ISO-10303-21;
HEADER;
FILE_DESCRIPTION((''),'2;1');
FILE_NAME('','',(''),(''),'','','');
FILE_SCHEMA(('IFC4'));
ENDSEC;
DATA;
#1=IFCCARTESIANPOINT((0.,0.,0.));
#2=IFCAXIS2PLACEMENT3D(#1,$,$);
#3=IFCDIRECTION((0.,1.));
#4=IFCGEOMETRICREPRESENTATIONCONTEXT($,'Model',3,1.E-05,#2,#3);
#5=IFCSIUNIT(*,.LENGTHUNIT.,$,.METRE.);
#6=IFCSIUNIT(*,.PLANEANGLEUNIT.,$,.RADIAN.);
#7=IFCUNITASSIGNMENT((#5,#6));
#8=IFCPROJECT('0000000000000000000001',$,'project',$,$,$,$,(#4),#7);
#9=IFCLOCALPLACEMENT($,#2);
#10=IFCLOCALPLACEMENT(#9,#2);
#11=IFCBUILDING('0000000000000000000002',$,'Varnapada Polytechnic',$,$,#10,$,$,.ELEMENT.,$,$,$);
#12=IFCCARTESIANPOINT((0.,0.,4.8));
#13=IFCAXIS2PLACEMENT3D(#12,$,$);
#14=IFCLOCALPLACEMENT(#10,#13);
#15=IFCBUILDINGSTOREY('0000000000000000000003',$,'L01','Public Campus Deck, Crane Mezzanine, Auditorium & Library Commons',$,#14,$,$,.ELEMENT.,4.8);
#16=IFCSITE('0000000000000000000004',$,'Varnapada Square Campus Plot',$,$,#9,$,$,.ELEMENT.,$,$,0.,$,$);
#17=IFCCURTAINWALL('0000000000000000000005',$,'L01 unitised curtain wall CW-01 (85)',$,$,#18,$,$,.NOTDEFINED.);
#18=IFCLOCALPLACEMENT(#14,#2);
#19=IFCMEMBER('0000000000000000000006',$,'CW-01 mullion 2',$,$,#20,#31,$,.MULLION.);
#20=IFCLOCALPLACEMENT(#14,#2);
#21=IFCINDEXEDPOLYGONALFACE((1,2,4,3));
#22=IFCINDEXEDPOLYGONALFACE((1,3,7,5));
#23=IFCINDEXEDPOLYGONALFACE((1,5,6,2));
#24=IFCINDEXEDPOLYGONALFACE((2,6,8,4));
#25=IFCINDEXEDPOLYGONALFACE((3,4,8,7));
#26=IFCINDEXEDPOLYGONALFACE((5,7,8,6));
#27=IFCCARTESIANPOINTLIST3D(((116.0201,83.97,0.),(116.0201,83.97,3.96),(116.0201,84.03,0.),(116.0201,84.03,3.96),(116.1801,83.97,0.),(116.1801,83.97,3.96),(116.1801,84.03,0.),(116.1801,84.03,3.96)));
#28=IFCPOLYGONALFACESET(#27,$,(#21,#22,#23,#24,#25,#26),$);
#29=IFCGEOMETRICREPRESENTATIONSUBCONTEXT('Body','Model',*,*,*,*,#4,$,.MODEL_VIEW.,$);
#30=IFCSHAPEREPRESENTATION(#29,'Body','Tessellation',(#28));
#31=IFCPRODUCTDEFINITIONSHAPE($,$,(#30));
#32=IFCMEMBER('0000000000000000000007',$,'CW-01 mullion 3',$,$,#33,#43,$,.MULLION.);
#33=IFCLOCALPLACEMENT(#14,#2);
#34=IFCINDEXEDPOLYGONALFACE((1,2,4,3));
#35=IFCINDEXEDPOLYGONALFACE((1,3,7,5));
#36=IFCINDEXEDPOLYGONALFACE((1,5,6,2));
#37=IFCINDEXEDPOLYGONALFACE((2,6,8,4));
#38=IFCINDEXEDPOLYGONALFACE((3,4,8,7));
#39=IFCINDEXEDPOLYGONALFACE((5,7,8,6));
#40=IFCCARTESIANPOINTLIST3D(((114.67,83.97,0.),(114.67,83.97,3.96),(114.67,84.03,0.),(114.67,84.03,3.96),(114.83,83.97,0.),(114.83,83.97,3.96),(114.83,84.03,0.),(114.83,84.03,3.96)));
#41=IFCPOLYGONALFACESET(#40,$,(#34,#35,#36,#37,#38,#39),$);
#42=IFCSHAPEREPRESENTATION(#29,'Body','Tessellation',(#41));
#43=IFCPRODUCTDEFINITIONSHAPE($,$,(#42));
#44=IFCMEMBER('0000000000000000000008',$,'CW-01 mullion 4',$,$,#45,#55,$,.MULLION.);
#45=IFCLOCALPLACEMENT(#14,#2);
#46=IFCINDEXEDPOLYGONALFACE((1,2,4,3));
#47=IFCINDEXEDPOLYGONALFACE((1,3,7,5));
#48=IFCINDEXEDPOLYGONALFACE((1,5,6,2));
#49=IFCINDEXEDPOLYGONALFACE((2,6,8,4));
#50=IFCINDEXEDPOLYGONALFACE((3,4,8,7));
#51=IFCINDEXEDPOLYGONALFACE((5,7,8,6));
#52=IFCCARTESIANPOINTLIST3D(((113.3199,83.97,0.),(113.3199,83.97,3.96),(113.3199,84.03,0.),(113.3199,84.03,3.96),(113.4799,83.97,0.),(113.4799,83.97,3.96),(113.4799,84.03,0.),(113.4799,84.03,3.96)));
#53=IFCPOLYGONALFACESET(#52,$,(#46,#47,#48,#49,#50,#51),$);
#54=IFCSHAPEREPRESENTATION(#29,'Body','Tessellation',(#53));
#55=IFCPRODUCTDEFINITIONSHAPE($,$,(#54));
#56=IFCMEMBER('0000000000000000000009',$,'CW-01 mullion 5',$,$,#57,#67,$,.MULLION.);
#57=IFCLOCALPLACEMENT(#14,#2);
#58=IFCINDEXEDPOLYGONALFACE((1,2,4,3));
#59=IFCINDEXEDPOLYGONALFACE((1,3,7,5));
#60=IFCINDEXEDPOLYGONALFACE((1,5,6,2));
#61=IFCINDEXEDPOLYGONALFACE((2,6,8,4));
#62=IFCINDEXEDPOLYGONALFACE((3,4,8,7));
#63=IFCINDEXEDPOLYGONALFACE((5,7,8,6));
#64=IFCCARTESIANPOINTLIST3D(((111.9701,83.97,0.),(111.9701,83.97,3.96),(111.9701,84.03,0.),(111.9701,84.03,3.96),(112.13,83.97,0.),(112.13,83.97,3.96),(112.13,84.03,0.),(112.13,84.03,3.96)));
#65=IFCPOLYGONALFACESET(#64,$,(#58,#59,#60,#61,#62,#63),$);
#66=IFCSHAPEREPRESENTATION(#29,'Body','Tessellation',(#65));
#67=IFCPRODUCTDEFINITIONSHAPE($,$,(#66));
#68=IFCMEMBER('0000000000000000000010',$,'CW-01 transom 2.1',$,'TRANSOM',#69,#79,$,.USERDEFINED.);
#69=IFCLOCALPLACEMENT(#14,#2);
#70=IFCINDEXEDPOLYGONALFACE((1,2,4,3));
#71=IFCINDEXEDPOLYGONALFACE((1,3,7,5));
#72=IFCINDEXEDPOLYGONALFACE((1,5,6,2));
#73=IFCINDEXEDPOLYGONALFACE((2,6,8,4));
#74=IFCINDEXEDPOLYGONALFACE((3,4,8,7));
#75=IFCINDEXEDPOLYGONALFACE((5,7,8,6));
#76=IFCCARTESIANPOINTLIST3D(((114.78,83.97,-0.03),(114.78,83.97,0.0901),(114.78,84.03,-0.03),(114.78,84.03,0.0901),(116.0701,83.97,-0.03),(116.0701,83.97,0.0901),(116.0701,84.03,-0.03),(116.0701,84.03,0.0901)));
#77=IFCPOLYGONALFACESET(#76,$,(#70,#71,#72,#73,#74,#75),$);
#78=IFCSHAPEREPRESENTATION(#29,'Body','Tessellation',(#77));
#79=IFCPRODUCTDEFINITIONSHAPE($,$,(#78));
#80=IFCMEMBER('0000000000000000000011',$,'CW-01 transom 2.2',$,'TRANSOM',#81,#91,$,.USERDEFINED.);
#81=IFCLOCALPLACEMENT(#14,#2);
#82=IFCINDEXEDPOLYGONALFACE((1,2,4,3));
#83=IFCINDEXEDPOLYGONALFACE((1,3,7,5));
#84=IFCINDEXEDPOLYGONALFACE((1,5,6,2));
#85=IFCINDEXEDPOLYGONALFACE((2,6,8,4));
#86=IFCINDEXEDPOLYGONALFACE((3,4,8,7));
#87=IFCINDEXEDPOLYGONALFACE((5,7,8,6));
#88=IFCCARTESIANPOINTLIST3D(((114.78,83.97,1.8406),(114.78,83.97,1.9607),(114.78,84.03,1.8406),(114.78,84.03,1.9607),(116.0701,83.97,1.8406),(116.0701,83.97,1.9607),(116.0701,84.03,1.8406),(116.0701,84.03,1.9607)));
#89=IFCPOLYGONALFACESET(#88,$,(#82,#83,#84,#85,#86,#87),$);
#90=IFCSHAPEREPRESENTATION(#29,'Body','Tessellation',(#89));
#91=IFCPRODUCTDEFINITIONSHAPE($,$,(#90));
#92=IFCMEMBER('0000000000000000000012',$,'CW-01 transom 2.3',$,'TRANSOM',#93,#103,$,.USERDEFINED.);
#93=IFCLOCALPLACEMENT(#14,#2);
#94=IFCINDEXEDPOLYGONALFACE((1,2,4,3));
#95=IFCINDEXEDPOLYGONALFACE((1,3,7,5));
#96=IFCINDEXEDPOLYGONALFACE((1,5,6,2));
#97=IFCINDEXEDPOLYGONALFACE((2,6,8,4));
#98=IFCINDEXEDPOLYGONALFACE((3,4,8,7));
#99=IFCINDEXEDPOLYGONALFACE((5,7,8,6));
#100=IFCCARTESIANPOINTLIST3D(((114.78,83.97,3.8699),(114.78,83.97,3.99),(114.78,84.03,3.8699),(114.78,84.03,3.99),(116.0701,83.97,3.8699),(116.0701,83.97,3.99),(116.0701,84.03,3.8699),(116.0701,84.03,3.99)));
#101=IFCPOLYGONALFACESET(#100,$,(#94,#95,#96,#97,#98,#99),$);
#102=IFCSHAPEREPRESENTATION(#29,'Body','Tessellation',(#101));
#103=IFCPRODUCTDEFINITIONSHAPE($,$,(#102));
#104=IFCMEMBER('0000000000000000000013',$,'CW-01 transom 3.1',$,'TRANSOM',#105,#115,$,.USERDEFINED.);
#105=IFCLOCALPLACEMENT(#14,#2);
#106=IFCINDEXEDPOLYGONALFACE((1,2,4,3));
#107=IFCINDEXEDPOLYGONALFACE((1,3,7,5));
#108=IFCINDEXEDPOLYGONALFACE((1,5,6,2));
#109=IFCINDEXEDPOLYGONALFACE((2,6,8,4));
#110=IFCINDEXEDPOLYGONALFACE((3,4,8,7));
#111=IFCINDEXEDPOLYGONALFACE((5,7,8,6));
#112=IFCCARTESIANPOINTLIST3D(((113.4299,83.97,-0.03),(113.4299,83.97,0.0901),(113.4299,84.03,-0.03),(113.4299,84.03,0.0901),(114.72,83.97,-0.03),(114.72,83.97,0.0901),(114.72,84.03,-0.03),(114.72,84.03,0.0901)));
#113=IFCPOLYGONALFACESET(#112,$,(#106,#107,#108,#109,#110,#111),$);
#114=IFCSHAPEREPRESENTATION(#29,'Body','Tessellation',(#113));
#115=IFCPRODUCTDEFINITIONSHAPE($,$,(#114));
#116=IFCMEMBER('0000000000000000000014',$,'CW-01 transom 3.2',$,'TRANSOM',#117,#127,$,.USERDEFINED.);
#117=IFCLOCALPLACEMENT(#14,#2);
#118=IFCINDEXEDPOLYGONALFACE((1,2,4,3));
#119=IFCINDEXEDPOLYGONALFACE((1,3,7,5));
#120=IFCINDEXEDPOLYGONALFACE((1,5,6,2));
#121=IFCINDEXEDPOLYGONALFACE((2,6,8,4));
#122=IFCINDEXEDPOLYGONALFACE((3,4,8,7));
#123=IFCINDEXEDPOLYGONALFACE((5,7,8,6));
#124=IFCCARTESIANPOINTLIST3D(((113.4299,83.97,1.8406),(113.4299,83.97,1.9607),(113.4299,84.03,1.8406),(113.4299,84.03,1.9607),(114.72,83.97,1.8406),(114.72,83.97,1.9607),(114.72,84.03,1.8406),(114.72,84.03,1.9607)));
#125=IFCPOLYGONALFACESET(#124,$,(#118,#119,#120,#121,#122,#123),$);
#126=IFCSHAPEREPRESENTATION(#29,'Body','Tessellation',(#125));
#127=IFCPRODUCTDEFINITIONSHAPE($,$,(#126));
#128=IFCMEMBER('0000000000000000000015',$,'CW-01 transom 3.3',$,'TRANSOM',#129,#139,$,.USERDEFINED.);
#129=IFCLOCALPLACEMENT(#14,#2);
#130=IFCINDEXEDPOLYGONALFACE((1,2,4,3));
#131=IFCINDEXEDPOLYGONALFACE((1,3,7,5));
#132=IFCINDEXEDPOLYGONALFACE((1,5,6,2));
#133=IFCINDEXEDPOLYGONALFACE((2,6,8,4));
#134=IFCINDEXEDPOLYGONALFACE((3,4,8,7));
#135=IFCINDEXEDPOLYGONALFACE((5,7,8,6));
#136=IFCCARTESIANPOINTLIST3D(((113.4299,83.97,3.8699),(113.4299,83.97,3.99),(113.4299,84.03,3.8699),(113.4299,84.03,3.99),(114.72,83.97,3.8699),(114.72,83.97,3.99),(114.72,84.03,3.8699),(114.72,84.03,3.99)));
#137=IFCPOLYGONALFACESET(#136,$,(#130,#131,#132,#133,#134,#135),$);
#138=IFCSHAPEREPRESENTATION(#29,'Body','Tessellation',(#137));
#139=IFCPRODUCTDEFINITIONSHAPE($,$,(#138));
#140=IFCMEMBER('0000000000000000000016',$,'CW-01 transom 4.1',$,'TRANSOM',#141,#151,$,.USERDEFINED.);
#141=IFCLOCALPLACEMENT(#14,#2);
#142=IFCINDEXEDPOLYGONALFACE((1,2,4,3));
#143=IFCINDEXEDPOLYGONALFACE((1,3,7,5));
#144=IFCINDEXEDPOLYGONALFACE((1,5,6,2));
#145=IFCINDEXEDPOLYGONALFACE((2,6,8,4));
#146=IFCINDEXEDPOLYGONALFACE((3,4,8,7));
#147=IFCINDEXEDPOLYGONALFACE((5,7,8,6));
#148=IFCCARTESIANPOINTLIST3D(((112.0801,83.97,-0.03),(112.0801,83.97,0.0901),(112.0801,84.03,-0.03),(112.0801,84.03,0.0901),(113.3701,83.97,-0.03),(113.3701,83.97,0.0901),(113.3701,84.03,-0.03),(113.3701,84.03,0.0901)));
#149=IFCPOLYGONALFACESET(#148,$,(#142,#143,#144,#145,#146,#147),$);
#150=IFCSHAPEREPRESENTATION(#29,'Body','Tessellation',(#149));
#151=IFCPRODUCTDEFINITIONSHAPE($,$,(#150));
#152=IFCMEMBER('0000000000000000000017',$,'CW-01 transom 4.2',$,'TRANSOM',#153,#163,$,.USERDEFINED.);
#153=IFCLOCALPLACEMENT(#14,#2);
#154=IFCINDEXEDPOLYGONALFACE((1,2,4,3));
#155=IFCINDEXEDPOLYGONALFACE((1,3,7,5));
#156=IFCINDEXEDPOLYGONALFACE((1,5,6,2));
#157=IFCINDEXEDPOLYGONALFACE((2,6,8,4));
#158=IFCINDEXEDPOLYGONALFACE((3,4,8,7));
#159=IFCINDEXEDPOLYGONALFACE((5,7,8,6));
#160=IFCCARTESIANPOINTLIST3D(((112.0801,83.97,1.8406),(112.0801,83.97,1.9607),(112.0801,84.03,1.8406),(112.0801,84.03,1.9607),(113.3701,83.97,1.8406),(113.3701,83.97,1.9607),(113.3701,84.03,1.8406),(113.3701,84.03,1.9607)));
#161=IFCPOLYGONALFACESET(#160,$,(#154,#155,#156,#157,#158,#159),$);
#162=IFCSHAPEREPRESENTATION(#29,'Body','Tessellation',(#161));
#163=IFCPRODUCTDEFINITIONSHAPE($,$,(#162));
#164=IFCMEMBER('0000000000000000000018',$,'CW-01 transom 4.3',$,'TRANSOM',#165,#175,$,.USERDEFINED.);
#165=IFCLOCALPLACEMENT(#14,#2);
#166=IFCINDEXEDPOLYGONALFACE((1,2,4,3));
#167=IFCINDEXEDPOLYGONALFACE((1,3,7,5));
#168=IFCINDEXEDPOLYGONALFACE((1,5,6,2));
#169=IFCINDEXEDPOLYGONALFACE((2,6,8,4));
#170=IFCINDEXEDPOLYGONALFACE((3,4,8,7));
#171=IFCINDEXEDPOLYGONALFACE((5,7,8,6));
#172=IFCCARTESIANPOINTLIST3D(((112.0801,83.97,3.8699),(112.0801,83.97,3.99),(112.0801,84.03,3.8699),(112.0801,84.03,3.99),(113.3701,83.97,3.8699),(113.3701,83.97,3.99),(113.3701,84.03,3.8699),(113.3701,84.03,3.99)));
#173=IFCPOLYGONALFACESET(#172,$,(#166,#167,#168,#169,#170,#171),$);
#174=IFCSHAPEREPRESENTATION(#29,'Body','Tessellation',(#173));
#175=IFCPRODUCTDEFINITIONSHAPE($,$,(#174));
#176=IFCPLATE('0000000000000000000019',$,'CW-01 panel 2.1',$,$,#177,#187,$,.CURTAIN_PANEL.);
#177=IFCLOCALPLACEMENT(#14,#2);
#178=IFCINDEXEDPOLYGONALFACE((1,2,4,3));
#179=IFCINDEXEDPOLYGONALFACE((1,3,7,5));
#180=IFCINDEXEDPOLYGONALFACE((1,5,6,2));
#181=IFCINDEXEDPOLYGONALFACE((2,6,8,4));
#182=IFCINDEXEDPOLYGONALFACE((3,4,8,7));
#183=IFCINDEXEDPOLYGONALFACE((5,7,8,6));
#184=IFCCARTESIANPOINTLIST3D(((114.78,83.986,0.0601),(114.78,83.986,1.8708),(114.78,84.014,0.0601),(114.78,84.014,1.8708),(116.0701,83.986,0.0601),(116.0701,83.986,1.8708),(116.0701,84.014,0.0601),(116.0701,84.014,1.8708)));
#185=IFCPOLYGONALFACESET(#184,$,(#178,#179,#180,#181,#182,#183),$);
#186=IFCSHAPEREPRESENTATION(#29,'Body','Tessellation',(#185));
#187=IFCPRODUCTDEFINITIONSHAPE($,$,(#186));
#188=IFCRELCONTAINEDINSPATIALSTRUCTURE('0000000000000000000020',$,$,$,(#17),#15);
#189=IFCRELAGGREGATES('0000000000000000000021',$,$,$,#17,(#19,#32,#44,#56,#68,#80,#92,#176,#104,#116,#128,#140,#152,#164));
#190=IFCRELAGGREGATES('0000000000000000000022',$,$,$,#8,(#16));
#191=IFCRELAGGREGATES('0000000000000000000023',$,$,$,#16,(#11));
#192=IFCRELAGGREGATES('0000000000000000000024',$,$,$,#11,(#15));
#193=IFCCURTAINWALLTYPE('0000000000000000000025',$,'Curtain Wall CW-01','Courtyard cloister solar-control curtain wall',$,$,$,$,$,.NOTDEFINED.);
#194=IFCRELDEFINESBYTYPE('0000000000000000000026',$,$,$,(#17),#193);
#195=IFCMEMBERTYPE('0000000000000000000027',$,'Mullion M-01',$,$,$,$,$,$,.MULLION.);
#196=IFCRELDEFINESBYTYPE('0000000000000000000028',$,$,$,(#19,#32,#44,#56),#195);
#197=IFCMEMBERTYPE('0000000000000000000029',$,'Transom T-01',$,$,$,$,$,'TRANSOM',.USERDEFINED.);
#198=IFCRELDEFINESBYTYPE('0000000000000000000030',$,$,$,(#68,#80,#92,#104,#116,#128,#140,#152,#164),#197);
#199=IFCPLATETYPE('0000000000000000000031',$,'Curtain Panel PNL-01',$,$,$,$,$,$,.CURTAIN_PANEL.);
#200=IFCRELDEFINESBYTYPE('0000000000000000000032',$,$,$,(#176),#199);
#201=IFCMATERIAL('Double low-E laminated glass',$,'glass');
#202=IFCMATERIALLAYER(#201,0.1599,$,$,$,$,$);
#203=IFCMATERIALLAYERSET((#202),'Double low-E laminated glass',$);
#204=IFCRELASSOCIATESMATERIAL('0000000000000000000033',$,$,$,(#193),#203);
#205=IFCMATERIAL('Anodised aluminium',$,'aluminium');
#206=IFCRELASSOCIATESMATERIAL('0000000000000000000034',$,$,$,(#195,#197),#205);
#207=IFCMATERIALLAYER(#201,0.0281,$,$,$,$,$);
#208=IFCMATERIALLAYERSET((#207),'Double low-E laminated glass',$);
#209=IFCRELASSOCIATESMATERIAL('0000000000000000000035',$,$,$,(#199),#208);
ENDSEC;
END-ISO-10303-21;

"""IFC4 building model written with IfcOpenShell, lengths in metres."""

from ifc_helpers import new_model, si_unit, direction, frame, origin, origin_2d, place, context, subcontext, project, spatial, rectangle, extrude, material, layer, layer_set, material_profile, profile_set, type_object, element, aggregate, save


model = new_model("IFC4")

# Units and contexts
model_context = context("Model", 3, precision=1e-05, world=origin(), true_north=direction((0.0, 1.0)))
body_context = subcontext(model_context, "Body", "Model", "MODEL_VIEW")
ifc_project = project(units=[si_unit("LENGTHUNIT", "METRE"), si_unit("PLANEANGLEUNIT", "RADIAN")], contexts=[model_context])

# Site, building, storey
site_placement = place(None, origin())
site = spatial("IfcSite", under=ifc_project, at=site_placement, Name="Varnapada Square Campus Plot", CompositionType="ELEMENT", RefElevation=0.0)
building_placement = place(site_placement, origin())
building = spatial("IfcBuilding", under=site, at=building_placement, Name="Varnapada Polytechnic", CompositionType="ELEMENT")
storey_placement = place(building_placement, frame((0.0, 0.0, 4.8)))
storey = spatial("IfcBuildingStorey", under=building, at=storey_placement, Name="L01", Description="Public Campus Deck, Crane Mezzanine, Auditorium & Library Commons", CompositionType="ELEMENT", Elevation=4.8)

# Curtain wall, members, plate
ifc_material_1 = material(Name="Double low-E laminated glass", Category="glass")
ifc_layer_1 = layer(ifc_material_1, 0.1599)
ifc_layer_set_1 = layer_set([ifc_layer_1], Name="Double low-E laminated glass")
curtain_wall_type = type_object("IfcCurtainWallType", Name="Curtain Wall CW-01", Description="Courtyard cloister solar-control curtain wall", PredefinedType="NOTDEFINED", material=ifc_layer_set_1)
curtain_wall_placement = place(storey_placement, origin())
curtain_wall = element("IfcCurtainWall", 1, at=curtain_wall_placement, inside=storey, type_object=curtain_wall_type, Name="L01 unitised curtain wall CW-01 (85)", PredefinedType="NOTDEFINED")
ifc_material_2 = material(Name="Anodised aluminium", Category="aluminium")
ifc_material_profile_1 = material_profile(ifc_material_2, rectangle(XDim=0.0601, YDim=0.1599, at=origin_2d()), Name="ALU M60x160")
ifc_profile_set_1 = profile_set([ifc_material_profile_1], Name="Anodised aluminium")
member_type_1 = type_object("IfcMemberType", Name="Mullion M-01", PredefinedType="MULLION", material=ifc_profile_set_1)
member_1_placement = place(storey_placement, frame((116.1001, 84.0, 0.0), z_axis=(0.0, 0.0, 1.0), x_axis=(0.0, -1.0, 0.0)))
member_1 = element("IfcMember", 2, at=member_1_placement, type_object=member_type_1, Name="CW-01 mullion 2", PredefinedType="MULLION", context=body_context, shape_type="SweptSolid", body=[
    extrude(rectangle(XDim=0.0601, YDim=0.1599, at=origin_2d()), origin(), (0.0, 0.0, 1.0), 3.96),
])
member_2_placement = place(storey_placement, frame((114.75, 84.0, 0.0), z_axis=(0.0, 0.0, 1.0), x_axis=(0.0, -1.0, 0.0)))
member_2 = element("IfcMember", 3, at=member_2_placement, type_object=member_type_1, Name="CW-01 mullion 3", PredefinedType="MULLION", context=body_context, shape_type="SweptSolid", body=[
    extrude(rectangle(XDim=0.0601, YDim=0.1599, at=origin_2d()), origin(), (0.0, 0.0, 1.0), 3.96),
])
member_3_placement = place(storey_placement, frame((113.3999, 84.0, 0.0), z_axis=(0.0, 0.0, 1.0), x_axis=(0.0, -1.0, 0.0)))
member_3 = element("IfcMember", 4, at=member_3_placement, type_object=member_type_1, Name="CW-01 mullion 4", PredefinedType="MULLION", context=body_context, shape_type="SweptSolid", body=[
    extrude(rectangle(XDim=0.0601, YDim=0.1599, at=origin_2d()), origin(), (0.0, 0.0, 1.0), 3.96),
])
member_4_placement = place(storey_placement, frame((112.05, 84.0, 0.0), z_axis=(0.0, 0.0, 1.0), x_axis=(0.0, -1.0, 0.0)))
member_4 = element("IfcMember", 5, at=member_4_placement, type_object=member_type_1, Name="CW-01 mullion 5", PredefinedType="MULLION", context=body_context, shape_type="SweptSolid", body=[
    extrude(rectangle(XDim=0.0601, YDim=0.1599, at=origin_2d()), origin(), (0.0, 0.0, 1.0), 3.96),
])
ifc_material_profile_2 = material_profile(ifc_material_2, rectangle(XDim=0.0601, YDim=0.1201, at=origin_2d()), Name="ALU T60x120")
ifc_profile_set_2 = profile_set([ifc_material_profile_2], Name="Anodised aluminium")
member_type_2 = type_object("IfcMemberType", Name="Transom T-01", ElementType="TRANSOM", PredefinedType="USERDEFINED", material=ifc_profile_set_2)
member_5_placement = place(storey_placement, frame((116.0701, 84.0, 0.03), z_axis=(-1.0, 0.0, 0.0), x_axis=(0.0, -1.0, 0.0)))
member_5 = element("IfcMember", 6, at=member_5_placement, type_object=member_type_2, Name="CW-01 transom 2.1", ObjectType="TRANSOM", PredefinedType="USERDEFINED", context=body_context, shape_type="SweptSolid", body=[
    extrude(rectangle(XDim=0.0601, YDim=0.1201, at=origin_2d()), origin(), (0.0, 0.0, 1.0), 1.29),
])
member_6_placement = place(storey_placement, frame((116.0701, 84.0, 1.9006), z_axis=(-1.0, 0.0, 0.0), x_axis=(0.0, -1.0, 0.0)))
member_6 = element("IfcMember", 7, at=member_6_placement, type_object=member_type_2, Name="CW-01 transom 2.2", ObjectType="TRANSOM", PredefinedType="USERDEFINED", context=body_context, shape_type="SweptSolid", body=[
    extrude(rectangle(XDim=0.0601, YDim=0.1201, at=origin_2d()), origin(), (0.0, 0.0, 1.0), 1.29),
])
member_7_placement = place(storey_placement, frame((116.0701, 84.0, 3.9299), z_axis=(-1.0, 0.0, 0.0), x_axis=(0.0, -1.0, 0.0)))
member_7 = element("IfcMember", 8, at=member_7_placement, type_object=member_type_2, Name="CW-01 transom 2.3", ObjectType="TRANSOM", PredefinedType="USERDEFINED", context=body_context, shape_type="SweptSolid", body=[
    extrude(rectangle(XDim=0.0601, YDim=0.1201, at=origin_2d()), origin(), (0.0, 0.0, 1.0), 1.29),
])
member_8_placement = place(storey_placement, frame((114.72, 84.0, 0.03), z_axis=(-1.0, 0.0, 0.0), x_axis=(0.0, -1.0, 0.0)))
member_8 = element("IfcMember", 9, at=member_8_placement, type_object=member_type_2, Name="CW-01 transom 3.1", ObjectType="TRANSOM", PredefinedType="USERDEFINED", context=body_context, shape_type="SweptSolid", body=[
    extrude(rectangle(XDim=0.0601, YDim=0.1201, at=origin_2d()), origin(), (0.0, 0.0, 1.0), 1.29),
])
member_9_placement = place(storey_placement, frame((114.72, 84.0, 1.9006), z_axis=(-1.0, 0.0, 0.0), x_axis=(0.0, -1.0, 0.0)))
member_9 = element("IfcMember", 10, at=member_9_placement, type_object=member_type_2, Name="CW-01 transom 3.2", ObjectType="TRANSOM", PredefinedType="USERDEFINED", context=body_context, shape_type="SweptSolid", body=[
    extrude(rectangle(XDim=0.0601, YDim=0.1201, at=origin_2d()), origin(), (0.0, 0.0, 1.0), 1.29),
])
member_10_placement = place(storey_placement, frame((114.72, 84.0, 3.9299), z_axis=(-1.0, 0.0, 0.0), x_axis=(0.0, -1.0, 0.0)))
member_10 = element("IfcMember", 11, at=member_10_placement, type_object=member_type_2, Name="CW-01 transom 3.3", ObjectType="TRANSOM", PredefinedType="USERDEFINED", context=body_context, shape_type="SweptSolid", body=[
    extrude(rectangle(XDim=0.0601, YDim=0.1201, at=origin_2d()), origin(), (0.0, 0.0, 1.0), 1.29),
])
member_11_placement = place(storey_placement, frame((113.3701, 84.0, 0.03), z_axis=(-1.0, 0.0, 0.0), x_axis=(0.0, -1.0, 0.0)))
member_11 = element("IfcMember", 12, at=member_11_placement, type_object=member_type_2, Name="CW-01 transom 4.1", ObjectType="TRANSOM", PredefinedType="USERDEFINED", context=body_context, shape_type="SweptSolid", body=[
    extrude(rectangle(XDim=0.0601, YDim=0.1201, at=origin_2d()), origin(), (0.0, 0.0, 1.0), 1.29),
])
member_12_placement = place(storey_placement, frame((113.3701, 84.0, 1.9006), z_axis=(-1.0, 0.0, 0.0), x_axis=(0.0, -1.0, 0.0)))
member_12 = element("IfcMember", 13, at=member_12_placement, type_object=member_type_2, Name="CW-01 transom 4.2", ObjectType="TRANSOM", PredefinedType="USERDEFINED", context=body_context, shape_type="SweptSolid", body=[
    extrude(rectangle(XDim=0.0601, YDim=0.1201, at=origin_2d()), origin(), (0.0, 0.0, 1.0), 1.29),
])
member_13_placement = place(storey_placement, frame((113.3701, 84.0, 3.9299), z_axis=(-1.0, 0.0, 0.0), x_axis=(0.0, -1.0, 0.0)))
member_13 = element("IfcMember", 14, at=member_13_placement, type_object=member_type_2, Name="CW-01 transom 4.3", ObjectType="TRANSOM", PredefinedType="USERDEFINED", context=body_context, shape_type="SweptSolid", body=[
    extrude(rectangle(XDim=0.0601, YDim=0.1201, at=origin_2d()), origin(), (0.0, 0.0, 1.0), 1.29),
])
ifc_layer_2 = layer(ifc_material_1, 0.0281)
ifc_layer_set_2 = layer_set([ifc_layer_2], Name="Double low-E laminated glass")
plate_type = type_object("IfcPlateType", Name="Curtain Panel PNL-01", PredefinedType="CURTAIN_PANEL", material=ifc_layer_set_2)
plate_1_placement = place(storey_placement, frame((115.425, 84.0, 0.0601), z_axis=(0.0, 0.0, 1.0), x_axis=(-1.0, 0.0, 0.0)))
plate_1 = element("IfcPlate", 15, at=plate_1_placement, type_object=plate_type, Name="CW-01 panel 2.1", PredefinedType="CURTAIN_PANEL", context=body_context, shape_type="SweptSolid", body=[
    extrude(rectangle(XDim=1.29, YDim=0.0281, at=origin_2d()), origin(), (0.0, 0.0, 1.0), 1.8108),
])
aggregate(curtain_wall, [member_1, member_2, member_3, member_4, member_5, member_6, member_7, plate_1, member_8, member_9, member_10, member_11, member_12, member_13])

save(model, "model.ifc")
